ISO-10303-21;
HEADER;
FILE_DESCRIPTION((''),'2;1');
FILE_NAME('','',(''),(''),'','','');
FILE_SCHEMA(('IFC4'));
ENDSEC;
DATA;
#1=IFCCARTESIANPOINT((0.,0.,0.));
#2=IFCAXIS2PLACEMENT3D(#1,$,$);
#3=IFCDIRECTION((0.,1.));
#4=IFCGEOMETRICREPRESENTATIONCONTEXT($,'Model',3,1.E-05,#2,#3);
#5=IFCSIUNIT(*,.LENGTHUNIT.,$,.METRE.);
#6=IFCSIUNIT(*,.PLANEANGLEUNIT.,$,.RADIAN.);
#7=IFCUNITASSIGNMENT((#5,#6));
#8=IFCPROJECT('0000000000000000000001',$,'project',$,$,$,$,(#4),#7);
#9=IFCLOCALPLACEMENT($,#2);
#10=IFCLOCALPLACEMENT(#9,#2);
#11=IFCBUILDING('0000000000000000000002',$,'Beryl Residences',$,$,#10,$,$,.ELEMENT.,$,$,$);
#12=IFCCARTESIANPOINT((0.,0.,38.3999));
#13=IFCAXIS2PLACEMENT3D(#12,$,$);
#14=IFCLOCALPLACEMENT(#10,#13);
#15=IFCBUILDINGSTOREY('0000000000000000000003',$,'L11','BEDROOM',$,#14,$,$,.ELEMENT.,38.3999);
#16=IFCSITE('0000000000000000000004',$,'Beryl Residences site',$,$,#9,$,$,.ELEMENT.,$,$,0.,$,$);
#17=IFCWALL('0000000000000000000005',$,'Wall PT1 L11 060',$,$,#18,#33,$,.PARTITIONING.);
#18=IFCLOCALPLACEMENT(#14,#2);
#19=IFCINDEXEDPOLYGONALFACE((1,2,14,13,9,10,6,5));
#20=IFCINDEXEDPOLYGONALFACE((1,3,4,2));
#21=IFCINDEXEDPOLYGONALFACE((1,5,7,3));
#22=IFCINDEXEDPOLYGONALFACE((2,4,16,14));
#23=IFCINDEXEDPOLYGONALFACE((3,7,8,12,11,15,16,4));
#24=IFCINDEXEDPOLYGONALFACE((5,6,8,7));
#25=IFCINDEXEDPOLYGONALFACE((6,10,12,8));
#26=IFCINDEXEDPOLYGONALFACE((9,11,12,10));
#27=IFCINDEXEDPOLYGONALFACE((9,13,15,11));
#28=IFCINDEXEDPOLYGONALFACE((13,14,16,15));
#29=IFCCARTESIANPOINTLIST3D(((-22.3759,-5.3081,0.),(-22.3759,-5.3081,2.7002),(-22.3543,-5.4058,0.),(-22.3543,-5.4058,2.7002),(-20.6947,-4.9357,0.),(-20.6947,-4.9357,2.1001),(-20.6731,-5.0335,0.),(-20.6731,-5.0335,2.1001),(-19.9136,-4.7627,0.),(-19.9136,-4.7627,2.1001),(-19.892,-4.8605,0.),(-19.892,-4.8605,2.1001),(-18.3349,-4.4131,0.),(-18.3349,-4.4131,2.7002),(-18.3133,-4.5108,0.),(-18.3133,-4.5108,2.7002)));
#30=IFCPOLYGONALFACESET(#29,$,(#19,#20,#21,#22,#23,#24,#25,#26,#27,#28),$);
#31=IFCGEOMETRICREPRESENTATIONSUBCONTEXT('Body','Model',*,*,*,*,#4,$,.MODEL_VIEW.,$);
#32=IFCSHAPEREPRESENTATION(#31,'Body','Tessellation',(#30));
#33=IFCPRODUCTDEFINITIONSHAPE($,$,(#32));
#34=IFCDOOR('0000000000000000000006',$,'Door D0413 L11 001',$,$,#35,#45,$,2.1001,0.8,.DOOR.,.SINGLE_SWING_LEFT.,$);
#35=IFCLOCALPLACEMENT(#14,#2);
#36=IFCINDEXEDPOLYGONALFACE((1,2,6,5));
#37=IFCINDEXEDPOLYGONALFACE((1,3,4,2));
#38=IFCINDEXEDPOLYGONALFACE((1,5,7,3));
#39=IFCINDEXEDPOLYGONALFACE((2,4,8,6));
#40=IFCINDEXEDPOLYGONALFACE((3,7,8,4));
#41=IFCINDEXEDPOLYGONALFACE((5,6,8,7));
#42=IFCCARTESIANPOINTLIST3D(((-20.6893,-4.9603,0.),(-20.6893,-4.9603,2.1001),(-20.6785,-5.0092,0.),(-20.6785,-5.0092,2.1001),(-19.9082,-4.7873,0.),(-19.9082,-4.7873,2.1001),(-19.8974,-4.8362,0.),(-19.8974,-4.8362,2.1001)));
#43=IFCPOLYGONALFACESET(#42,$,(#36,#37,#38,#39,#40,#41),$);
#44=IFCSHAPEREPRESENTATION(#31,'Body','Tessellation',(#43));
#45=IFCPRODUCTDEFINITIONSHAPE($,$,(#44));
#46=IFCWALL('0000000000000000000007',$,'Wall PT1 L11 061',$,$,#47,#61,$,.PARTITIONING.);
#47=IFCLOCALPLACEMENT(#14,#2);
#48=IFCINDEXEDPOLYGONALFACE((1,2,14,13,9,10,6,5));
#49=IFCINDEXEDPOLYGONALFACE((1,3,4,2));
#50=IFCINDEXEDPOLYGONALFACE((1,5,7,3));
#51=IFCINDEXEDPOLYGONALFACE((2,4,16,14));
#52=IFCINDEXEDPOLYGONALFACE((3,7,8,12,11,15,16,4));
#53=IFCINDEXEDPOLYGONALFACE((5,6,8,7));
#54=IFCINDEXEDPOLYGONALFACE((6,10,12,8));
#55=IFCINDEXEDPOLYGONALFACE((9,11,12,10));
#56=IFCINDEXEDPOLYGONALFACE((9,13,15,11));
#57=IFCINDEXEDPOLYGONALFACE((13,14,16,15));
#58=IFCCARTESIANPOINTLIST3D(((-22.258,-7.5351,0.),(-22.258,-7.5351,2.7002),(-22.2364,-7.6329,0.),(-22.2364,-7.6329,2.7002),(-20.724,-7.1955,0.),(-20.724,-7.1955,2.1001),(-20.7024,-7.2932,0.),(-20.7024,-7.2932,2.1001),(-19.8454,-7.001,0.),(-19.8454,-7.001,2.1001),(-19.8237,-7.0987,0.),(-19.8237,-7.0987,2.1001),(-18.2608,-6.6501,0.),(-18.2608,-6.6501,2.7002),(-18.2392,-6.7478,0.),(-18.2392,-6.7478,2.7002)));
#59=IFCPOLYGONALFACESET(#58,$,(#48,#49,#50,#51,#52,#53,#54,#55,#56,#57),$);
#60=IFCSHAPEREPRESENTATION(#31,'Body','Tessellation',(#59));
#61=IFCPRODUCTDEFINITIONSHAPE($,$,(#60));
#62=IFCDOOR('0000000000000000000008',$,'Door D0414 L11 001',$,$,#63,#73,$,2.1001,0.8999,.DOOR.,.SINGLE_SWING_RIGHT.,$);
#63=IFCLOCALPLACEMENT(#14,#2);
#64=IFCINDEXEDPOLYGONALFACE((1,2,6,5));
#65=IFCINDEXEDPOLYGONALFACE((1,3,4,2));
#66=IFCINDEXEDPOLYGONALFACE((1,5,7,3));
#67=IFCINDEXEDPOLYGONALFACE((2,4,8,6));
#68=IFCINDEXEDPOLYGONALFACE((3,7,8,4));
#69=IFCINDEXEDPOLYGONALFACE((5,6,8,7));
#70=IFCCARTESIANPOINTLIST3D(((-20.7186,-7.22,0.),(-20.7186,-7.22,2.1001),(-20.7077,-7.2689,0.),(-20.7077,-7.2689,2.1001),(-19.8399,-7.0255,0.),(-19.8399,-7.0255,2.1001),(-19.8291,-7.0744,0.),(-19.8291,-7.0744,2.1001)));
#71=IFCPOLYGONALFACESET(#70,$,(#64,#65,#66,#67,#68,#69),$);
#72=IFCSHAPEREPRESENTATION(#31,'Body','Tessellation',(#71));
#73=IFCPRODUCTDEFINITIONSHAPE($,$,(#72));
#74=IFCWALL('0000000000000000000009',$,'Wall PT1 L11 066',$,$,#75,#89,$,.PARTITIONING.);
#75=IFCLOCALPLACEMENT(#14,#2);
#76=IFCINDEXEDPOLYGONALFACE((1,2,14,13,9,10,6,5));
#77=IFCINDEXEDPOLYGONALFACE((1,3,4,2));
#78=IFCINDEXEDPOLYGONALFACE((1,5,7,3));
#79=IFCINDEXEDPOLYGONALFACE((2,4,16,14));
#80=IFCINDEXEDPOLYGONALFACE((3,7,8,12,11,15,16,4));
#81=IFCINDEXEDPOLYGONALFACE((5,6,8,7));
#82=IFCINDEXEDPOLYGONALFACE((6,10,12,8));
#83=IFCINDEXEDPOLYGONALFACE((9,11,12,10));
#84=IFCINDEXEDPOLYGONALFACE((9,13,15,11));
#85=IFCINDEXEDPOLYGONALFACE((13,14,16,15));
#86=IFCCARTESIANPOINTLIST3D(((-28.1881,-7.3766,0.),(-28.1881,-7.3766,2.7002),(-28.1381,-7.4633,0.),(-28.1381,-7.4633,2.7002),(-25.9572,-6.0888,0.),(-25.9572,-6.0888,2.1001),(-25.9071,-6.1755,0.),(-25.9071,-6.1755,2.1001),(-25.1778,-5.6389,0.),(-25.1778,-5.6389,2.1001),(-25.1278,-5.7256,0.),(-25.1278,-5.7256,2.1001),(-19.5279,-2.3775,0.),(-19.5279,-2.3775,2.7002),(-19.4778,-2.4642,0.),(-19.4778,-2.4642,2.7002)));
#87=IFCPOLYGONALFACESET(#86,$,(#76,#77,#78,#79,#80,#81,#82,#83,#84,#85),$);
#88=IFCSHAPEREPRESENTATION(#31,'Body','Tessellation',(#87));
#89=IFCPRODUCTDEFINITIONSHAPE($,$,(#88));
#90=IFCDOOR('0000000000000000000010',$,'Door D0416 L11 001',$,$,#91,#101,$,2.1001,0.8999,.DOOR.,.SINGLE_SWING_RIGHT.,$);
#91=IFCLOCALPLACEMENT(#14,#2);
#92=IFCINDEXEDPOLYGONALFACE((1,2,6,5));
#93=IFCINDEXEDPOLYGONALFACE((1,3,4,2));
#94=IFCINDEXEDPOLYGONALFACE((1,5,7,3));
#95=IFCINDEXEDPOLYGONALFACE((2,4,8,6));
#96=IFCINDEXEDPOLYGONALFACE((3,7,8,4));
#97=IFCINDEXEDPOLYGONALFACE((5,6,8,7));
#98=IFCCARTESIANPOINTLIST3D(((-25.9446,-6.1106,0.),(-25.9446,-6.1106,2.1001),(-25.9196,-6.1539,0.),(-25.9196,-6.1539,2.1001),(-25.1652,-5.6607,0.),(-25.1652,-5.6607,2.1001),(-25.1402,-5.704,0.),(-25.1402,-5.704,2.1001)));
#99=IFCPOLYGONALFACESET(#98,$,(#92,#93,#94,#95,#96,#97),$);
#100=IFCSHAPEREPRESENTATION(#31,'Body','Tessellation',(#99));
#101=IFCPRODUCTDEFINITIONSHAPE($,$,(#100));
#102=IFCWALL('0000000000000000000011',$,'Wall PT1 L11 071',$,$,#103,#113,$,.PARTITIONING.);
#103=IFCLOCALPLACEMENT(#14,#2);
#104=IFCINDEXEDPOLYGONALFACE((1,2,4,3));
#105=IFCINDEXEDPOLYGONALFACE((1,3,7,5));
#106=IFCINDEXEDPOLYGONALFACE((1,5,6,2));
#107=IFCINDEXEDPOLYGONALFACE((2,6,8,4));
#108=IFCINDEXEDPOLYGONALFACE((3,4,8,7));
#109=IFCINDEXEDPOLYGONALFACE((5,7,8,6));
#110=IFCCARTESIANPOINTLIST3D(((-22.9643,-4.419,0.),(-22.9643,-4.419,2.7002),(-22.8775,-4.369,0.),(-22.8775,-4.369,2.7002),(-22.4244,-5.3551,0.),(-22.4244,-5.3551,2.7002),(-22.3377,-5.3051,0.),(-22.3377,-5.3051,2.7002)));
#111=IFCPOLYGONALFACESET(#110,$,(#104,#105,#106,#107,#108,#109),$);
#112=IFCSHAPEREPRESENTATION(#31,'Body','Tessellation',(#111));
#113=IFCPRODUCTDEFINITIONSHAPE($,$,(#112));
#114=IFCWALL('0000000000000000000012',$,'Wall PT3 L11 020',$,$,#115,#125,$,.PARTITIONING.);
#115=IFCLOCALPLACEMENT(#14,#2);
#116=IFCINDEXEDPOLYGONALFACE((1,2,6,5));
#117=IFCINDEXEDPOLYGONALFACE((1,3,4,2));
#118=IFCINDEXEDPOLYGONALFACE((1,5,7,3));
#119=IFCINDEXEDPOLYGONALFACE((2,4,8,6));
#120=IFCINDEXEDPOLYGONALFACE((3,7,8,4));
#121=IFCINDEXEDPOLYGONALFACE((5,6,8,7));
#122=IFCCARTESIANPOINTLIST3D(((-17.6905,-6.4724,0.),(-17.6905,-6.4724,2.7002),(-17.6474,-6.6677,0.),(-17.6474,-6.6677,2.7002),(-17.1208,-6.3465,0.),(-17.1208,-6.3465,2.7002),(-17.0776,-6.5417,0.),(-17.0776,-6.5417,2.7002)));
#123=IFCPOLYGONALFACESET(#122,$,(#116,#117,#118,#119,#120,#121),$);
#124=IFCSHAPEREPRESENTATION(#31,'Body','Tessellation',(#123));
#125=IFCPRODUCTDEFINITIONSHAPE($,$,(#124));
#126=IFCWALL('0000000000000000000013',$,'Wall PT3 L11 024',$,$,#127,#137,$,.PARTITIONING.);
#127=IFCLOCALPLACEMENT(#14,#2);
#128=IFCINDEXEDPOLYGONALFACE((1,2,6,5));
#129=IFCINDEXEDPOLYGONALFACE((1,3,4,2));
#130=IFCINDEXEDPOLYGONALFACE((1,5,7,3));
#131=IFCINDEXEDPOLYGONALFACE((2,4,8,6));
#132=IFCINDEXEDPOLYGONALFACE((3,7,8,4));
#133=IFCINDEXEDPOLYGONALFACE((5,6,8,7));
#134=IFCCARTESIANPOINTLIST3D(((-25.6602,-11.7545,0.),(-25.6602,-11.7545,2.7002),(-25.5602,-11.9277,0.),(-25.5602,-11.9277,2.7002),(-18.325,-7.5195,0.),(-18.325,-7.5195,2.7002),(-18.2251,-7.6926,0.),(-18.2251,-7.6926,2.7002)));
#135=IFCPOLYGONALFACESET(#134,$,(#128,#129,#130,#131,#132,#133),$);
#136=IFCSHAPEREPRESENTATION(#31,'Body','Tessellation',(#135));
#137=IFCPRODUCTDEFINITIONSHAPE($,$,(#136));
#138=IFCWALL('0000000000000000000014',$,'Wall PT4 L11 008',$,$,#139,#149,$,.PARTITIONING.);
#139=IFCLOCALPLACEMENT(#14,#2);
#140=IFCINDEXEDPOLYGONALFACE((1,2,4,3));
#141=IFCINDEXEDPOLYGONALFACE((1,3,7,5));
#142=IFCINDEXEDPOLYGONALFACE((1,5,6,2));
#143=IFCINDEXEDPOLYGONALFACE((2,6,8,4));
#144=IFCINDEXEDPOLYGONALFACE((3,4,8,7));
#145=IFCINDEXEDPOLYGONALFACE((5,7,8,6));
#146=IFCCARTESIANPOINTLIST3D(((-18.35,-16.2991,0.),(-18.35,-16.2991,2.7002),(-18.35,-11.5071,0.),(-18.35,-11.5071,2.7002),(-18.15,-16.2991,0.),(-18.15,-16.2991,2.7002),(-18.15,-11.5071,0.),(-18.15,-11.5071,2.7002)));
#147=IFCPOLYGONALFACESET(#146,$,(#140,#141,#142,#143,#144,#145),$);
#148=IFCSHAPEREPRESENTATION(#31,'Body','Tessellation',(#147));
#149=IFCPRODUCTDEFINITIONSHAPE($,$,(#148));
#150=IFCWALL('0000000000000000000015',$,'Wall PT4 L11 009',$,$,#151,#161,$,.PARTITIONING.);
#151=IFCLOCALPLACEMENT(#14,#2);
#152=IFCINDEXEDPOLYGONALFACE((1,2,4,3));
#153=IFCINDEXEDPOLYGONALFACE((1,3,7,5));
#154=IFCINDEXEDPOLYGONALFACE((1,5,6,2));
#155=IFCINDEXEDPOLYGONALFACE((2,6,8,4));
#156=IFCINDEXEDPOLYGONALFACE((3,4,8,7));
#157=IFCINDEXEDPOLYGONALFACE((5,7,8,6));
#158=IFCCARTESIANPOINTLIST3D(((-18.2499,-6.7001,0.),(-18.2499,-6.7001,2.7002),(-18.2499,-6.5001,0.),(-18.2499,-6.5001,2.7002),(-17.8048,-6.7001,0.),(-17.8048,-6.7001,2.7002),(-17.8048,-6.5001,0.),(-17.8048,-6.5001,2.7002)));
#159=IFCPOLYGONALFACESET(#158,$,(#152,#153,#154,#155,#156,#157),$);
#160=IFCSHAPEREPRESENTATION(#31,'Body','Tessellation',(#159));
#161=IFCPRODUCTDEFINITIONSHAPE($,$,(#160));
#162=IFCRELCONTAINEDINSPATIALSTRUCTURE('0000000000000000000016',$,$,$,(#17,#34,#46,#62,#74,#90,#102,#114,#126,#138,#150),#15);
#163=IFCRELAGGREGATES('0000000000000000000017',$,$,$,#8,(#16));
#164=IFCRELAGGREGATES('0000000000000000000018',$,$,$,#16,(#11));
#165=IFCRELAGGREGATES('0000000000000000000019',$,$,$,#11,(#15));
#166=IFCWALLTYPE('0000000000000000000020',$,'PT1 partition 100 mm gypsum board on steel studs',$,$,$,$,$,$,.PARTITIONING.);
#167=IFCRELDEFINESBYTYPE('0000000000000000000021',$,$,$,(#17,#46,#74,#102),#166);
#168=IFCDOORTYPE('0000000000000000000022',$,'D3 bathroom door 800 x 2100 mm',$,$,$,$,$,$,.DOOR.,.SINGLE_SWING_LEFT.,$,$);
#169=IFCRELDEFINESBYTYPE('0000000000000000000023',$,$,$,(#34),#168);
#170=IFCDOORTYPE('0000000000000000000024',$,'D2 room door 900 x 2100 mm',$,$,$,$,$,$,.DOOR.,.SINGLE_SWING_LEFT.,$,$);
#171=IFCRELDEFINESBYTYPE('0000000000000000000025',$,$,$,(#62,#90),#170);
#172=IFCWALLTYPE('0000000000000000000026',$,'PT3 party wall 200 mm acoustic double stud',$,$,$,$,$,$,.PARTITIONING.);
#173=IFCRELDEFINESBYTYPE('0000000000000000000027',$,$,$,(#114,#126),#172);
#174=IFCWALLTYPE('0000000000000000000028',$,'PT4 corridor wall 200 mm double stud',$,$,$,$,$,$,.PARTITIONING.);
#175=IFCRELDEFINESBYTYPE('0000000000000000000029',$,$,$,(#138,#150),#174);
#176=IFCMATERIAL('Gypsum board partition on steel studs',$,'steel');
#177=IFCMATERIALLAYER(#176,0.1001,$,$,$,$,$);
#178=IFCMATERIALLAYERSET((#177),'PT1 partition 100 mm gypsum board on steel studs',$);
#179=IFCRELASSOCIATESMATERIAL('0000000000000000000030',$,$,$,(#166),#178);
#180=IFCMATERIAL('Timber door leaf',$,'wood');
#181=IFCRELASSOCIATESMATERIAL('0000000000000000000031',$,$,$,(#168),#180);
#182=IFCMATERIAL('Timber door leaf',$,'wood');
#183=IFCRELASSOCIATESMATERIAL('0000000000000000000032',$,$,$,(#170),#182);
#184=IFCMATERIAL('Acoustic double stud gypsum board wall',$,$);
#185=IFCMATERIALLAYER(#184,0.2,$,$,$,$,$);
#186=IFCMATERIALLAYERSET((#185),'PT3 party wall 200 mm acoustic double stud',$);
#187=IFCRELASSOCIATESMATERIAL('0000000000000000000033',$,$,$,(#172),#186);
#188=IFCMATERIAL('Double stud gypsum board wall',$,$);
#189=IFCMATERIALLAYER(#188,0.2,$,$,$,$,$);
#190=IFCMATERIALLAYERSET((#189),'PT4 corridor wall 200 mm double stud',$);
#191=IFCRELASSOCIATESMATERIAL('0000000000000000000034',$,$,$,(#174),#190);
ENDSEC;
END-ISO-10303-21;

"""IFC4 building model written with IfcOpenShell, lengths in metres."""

from ifc_helpers import new_model, si_unit, direction, frame, frame_2d, origin, place, context, subcontext, project, spatial, rectangle, extrude, material, layer, layer_set, type_object, element, fill, save


model = new_model("IFC4")

# Units and contexts
model_context = context("Model", 3, precision=1e-05, world=origin(), true_north=direction((0.0, 1.0)))
body_context = subcontext(model_context, "Body", "Model", "MODEL_VIEW")
ifc_project = project(units=[si_unit("LENGTHUNIT", "METRE"), si_unit("PLANEANGLEUNIT", "RADIAN")], contexts=[model_context])

# Site, building, storey
site_placement = place(None, origin())
site = spatial("IfcSite", under=ifc_project, at=site_placement, Name="Beryl Residences site", CompositionType="ELEMENT", RefElevation=0.0)
building_placement = place(site_placement, origin())
building = spatial("IfcBuilding", under=site, at=building_placement, Name="Beryl Residences", CompositionType="ELEMENT")
storey_placement = place(building_placement, frame((0.0, 0.0, 38.3999)))
storey = spatial("IfcBuildingStorey", under=building, at=storey_placement, Name="L11", Description="BEDROOM", CompositionType="ELEMENT", Elevation=38.3999)

# Shared definitions
ifc_material_1 = material(Name="Gypsum board partition on steel studs", Category="steel")
ifc_layer_1 = layer(ifc_material_1, 0.1001)
ifc_layer_set_1 = layer_set([ifc_layer_1], Name="PT1 partition 100 mm gypsum board on steel studs")
wall_type_1 = type_object("IfcWallType", Name="PT1 partition 100 mm gypsum board on steel studs", PredefinedType="PARTITIONING", material=ifc_layer_set_1)

# Walls, openings, doors
ifc_material_2 = material(Name="Timber door leaf", Category="wood")
door_type_1 = type_object("IfcDoorType", Name="D3 bathroom door 800 x 2100 mm", OperationType="SINGLE_SWING_LEFT", PredefinedType="DOOR", material=ifc_material_2)
ifc_material_3 = material(Name="Timber door leaf", Category="wood")
door_type_2 = type_object("IfcDoorType", Name="D2 room door 900 x 2100 mm", OperationType="SINGLE_SWING_LEFT", PredefinedType="DOOR", material=ifc_material_3)
wall_1_placement = place(storey_placement, frame((-22.365, -5.3569, 0.0), z_axis=(0.0, 0.0, 1.0), x_axis=(0.976339, 0.216243, 0.0)))
wall_1 = element("IfcWall", 1, at=wall_1_placement, inside=storey, type_object=wall_type_1, Name="Wall PT1 L11 060", PredefinedType="PARTITIONING", context=body_context, shape_type="SweptSolid", body=[
    extrude(rectangle(XDim=4.1389, YDim=0.1001, at=frame_2d((2.0693, 0.0))), origin(), (0.0, 0.0, 1.0), 2.7002),
])
opening_1_placement = place(wall_1_placement, frame((1.7219, 0.0, 0.0)))
opening_1 = element("IfcOpeningElement", 2, at=opening_1_placement, cuts=wall_1, PredefinedType="OPENING", context=body_context, shape_type="SweptSolid", body=[
    extrude(rectangle(XDim=0.8, YDim=2.1001, at=frame_2d((0.3999, 1.05))), frame((0.0, 0.0601, 0.0), z_axis=(0.0, -1.0, 0.0), x_axis=(1.0, 0.0, 0.0)), (0.0, 0.0, 1.0), 0.1201),
])
door_1_placement = place(opening_1_placement, origin())
door_1 = element("IfcDoor", 3, at=door_1_placement, inside=storey, type_object=door_type_1, Name="Door D0413 L11 001", OperationType="SINGLE_SWING_LEFT", OverallHeight=2.1001, OverallWidth=0.8, PredefinedType="DOOR", context=body_context, shape_type="SweptSolid", body=[
    extrude(rectangle(XDim=0.8, YDim=2.1001, at=frame_2d((0.3999, 1.05))), frame((0.0, 0.0249, 0.0), z_axis=(0.0, -1.0, 0.0), x_axis=(1.0, 0.0, 0.0)), (0.0, 0.0, 1.0), 0.05),
])
fill(opening_1, door_1)
wall_2_placement = place(storey_placement, frame((-22.2471, -7.584, 0.0), z_axis=(0.0, 0.0, 1.0), x_axis=(0.976354, 0.216179, 0.0)))
wall_2 = element("IfcWall", 4, at=wall_2_placement, inside=storey, type_object=wall_type_1, Name="Wall PT1 L11 061", PredefinedType="PARTITIONING", context=body_context, shape_type="SweptSolid", body=[
    extrude(rectangle(XDim=4.094, YDim=0.1001, at=frame_2d((2.0469, 0.0))), origin(), (0.0, 0.0, 1.0), 2.7002),
])
opening_2_placement = place(wall_2_placement, frame((1.571, 0.0, 0.0)))
opening_2 = element("IfcOpeningElement", 5, at=opening_2_placement, cuts=wall_2, PredefinedType="OPENING", context=body_context, shape_type="SweptSolid", body=[
    extrude(rectangle(XDim=0.8999, YDim=2.1001, at=frame_2d((0.45, 1.05))), frame((0.0, 0.0601, 0.0), z_axis=(0.0, -1.0, 0.0), x_axis=(1.0, 0.0, 0.0)), (0.0, 0.0, 1.0), 0.1201),
])
door_2_placement = place(opening_2_placement, origin())
door_2 = element("IfcDoor", 6, at=door_2_placement, inside=storey, type_object=door_type_2, Name="Door D0414 L11 001", OperationType="SINGLE_SWING_RIGHT", OverallHeight=2.1001, OverallWidth=0.8999, PredefinedType="DOOR", context=body_context, shape_type="SweptSolid", body=[
    extrude(rectangle(XDim=0.8999, YDim=2.1001, at=frame_2d((0.45, 1.05))), frame((0.0, 0.0249, 0.0), z_axis=(0.0, -1.0, 0.0), x_axis=(1.0, 0.0, 0.0)), (0.0, 0.0, 1.0), 0.05),
])
fill(opening_2, door_2)
wall_3_placement = place(storey_placement, frame((-28.1631, -7.4199, 0.0), z_axis=(0.0, 0.0, 1.0), x_axis=(0.866065, 0.499931, 0.0)))
wall_3 = element("IfcWall", 7, at=wall_3_placement, inside=storey, type_object=wall_type_1, Name="Wall PT1 L11 066", PredefinedType="PARTITIONING", context=body_context, shape_type="SweptSolid", body=[
    extrude(rectangle(XDim=9.9995, YDim=0.1001, at=frame_2d((4.9998, 0.0))), origin(), (0.0, 0.0, 1.0), 2.7002),
])
opening_3_placement = place(wall_3_placement, frame((2.5759, 0.0, 0.0)))
opening_3 = element("IfcOpeningElement", 8, at=opening_3_placement, cuts=wall_3, PredefinedType="OPENING", context=body_context, shape_type="SweptSolid", body=[
    extrude(rectangle(XDim=0.8999, YDim=2.1001, at=frame_2d((0.45, 1.05))), frame((0.0, 0.0601, 0.0), z_axis=(0.0, -1.0, 0.0), x_axis=(1.0, 0.0, 0.0)), (0.0, 0.0, 1.0), 0.1201),
])
door_3_placement = place(opening_3_placement, origin())
door_3 = element("IfcDoor", 9, at=door_3_placement, inside=storey, type_object=door_type_2, Name="Door D0416 L11 001", OperationType="SINGLE_SWING_RIGHT", OverallHeight=2.1001, OverallWidth=0.8999, PredefinedType="DOOR", context=body_context, shape_type="SweptSolid", body=[
    extrude(rectangle(XDim=0.8999, YDim=2.1001, at=frame_2d((0.45, 1.05))), frame((0.0, 0.0249, 0.0), z_axis=(0.0, -1.0, 0.0), x_axis=(1.0, 0.0, 0.0)), (0.0, 0.0, 1.0), 0.05),
])
fill(opening_3, door_3)

# Walls
wall_4_placement = place(storey_placement, frame((-22.9209, -4.394, 0.0), z_axis=(0.0, 0.0, 1.0), x_axis=(0.499566, -0.866276, 0.0)))
element("IfcWall", 10, at=wall_4_placement, inside=storey, type_object=wall_type_1, Name="Wall PT1 L11 071", PredefinedType="PARTITIONING", context=body_context, shape_type="SweptSolid", body=[
    extrude(rectangle(XDim=1.0806, YDim=0.1001, at=frame_2d((0.5403, 0.0))), origin(), (0.0, 0.0, 1.0), 2.7002),
])
ifc_material_4 = material(Name="Acoustic double stud gypsum board wall")
ifc_layer_2 = layer(ifc_material_4, 0.2)
ifc_layer_set_2 = layer_set([ifc_layer_2], Name="PT3 party wall 200 mm acoustic double stud")
wall_type_2 = type_object("IfcWallType", Name="PT3 party wall 200 mm acoustic double stud", PredefinedType="PARTITIONING", material=ifc_layer_set_2)
wall_5_placement = place(storey_placement, frame((-17.6689, -6.5701, 0.0), z_axis=(0.0, 0.0, 1.0), x_axis=(0.976423, 0.215867, 0.0)))
element("IfcWall", 11, at=wall_5_placement, inside=storey, type_object=wall_type_2, Name="Wall PT3 L11 020", PredefinedType="PARTITIONING", context=body_context, shape_type="SweptSolid", body=[
    extrude(rectangle(XDim=0.5835, YDim=0.2, at=frame_2d((0.2917, 0.0))), origin(), (0.0, 0.0, 1.0), 2.7002),
])
wall_6_placement = place(storey_placement, frame((-25.6101, -11.8411, 0.0), z_axis=(0.0, 0.0, 1.0), x_axis=(0.866019, 0.500011, 0.0)))
element("IfcWall", 12, at=wall_6_placement, inside=storey, type_object=wall_type_2, Name="Wall PT3 L11 024", PredefinedType="PARTITIONING", context=body_context, shape_type="SweptSolid", body=[
    extrude(rectangle(XDim=8.47, YDim=0.2, at=frame_2d((4.2349, 0.0))), origin(), (0.0, 0.0, 1.0), 2.7002),
])
ifc_material_5 = material(Name="Double stud gypsum board wall")
ifc_layer_3 = layer(ifc_material_5, 0.2)
ifc_layer_set_3 = layer_set([ifc_layer_3], Name="PT4 corridor wall 200 mm double stud")
wall_type_3 = type_object("IfcWallType", Name="PT4 corridor wall 200 mm double stud", PredefinedType="PARTITIONING", material=ifc_layer_set_3)
wall_7_placement = place(storey_placement, frame((-18.25, -11.5071, 0.0), z_axis=(0.0, 0.0, 1.0), x_axis=(0.0, -1.0, 0.0)))
element("IfcWall", 13, at=wall_7_placement, inside=storey, type_object=wall_type_3, Name="Wall PT4 L11 008", PredefinedType="PARTITIONING", context=body_context, shape_type="SweptSolid", body=[
    extrude(rectangle(XDim=4.792, YDim=0.2, at=frame_2d((2.396, 0.0))), origin(), (0.0, 0.0, 1.0), 2.7002),
])
wall_8_placement = place(storey_placement, frame((-18.25, -6.6001, 0.0), z_axis=(0.0, 0.0, 1.0), x_axis=(1.0, 0.0, 0.0)))
element("IfcWall", 14, at=wall_8_placement, inside=storey, type_object=wall_type_3, Name="Wall PT4 L11 009", PredefinedType="PARTITIONING", context=body_context, shape_type="SweptSolid", body=[
    extrude(rectangle(XDim=0.4451, YDim=0.2, at=frame_2d((0.2227, 0.0))), origin(), (0.0, 0.0, 1.0), 2.7002),
])

save(model, "model.ifc")
